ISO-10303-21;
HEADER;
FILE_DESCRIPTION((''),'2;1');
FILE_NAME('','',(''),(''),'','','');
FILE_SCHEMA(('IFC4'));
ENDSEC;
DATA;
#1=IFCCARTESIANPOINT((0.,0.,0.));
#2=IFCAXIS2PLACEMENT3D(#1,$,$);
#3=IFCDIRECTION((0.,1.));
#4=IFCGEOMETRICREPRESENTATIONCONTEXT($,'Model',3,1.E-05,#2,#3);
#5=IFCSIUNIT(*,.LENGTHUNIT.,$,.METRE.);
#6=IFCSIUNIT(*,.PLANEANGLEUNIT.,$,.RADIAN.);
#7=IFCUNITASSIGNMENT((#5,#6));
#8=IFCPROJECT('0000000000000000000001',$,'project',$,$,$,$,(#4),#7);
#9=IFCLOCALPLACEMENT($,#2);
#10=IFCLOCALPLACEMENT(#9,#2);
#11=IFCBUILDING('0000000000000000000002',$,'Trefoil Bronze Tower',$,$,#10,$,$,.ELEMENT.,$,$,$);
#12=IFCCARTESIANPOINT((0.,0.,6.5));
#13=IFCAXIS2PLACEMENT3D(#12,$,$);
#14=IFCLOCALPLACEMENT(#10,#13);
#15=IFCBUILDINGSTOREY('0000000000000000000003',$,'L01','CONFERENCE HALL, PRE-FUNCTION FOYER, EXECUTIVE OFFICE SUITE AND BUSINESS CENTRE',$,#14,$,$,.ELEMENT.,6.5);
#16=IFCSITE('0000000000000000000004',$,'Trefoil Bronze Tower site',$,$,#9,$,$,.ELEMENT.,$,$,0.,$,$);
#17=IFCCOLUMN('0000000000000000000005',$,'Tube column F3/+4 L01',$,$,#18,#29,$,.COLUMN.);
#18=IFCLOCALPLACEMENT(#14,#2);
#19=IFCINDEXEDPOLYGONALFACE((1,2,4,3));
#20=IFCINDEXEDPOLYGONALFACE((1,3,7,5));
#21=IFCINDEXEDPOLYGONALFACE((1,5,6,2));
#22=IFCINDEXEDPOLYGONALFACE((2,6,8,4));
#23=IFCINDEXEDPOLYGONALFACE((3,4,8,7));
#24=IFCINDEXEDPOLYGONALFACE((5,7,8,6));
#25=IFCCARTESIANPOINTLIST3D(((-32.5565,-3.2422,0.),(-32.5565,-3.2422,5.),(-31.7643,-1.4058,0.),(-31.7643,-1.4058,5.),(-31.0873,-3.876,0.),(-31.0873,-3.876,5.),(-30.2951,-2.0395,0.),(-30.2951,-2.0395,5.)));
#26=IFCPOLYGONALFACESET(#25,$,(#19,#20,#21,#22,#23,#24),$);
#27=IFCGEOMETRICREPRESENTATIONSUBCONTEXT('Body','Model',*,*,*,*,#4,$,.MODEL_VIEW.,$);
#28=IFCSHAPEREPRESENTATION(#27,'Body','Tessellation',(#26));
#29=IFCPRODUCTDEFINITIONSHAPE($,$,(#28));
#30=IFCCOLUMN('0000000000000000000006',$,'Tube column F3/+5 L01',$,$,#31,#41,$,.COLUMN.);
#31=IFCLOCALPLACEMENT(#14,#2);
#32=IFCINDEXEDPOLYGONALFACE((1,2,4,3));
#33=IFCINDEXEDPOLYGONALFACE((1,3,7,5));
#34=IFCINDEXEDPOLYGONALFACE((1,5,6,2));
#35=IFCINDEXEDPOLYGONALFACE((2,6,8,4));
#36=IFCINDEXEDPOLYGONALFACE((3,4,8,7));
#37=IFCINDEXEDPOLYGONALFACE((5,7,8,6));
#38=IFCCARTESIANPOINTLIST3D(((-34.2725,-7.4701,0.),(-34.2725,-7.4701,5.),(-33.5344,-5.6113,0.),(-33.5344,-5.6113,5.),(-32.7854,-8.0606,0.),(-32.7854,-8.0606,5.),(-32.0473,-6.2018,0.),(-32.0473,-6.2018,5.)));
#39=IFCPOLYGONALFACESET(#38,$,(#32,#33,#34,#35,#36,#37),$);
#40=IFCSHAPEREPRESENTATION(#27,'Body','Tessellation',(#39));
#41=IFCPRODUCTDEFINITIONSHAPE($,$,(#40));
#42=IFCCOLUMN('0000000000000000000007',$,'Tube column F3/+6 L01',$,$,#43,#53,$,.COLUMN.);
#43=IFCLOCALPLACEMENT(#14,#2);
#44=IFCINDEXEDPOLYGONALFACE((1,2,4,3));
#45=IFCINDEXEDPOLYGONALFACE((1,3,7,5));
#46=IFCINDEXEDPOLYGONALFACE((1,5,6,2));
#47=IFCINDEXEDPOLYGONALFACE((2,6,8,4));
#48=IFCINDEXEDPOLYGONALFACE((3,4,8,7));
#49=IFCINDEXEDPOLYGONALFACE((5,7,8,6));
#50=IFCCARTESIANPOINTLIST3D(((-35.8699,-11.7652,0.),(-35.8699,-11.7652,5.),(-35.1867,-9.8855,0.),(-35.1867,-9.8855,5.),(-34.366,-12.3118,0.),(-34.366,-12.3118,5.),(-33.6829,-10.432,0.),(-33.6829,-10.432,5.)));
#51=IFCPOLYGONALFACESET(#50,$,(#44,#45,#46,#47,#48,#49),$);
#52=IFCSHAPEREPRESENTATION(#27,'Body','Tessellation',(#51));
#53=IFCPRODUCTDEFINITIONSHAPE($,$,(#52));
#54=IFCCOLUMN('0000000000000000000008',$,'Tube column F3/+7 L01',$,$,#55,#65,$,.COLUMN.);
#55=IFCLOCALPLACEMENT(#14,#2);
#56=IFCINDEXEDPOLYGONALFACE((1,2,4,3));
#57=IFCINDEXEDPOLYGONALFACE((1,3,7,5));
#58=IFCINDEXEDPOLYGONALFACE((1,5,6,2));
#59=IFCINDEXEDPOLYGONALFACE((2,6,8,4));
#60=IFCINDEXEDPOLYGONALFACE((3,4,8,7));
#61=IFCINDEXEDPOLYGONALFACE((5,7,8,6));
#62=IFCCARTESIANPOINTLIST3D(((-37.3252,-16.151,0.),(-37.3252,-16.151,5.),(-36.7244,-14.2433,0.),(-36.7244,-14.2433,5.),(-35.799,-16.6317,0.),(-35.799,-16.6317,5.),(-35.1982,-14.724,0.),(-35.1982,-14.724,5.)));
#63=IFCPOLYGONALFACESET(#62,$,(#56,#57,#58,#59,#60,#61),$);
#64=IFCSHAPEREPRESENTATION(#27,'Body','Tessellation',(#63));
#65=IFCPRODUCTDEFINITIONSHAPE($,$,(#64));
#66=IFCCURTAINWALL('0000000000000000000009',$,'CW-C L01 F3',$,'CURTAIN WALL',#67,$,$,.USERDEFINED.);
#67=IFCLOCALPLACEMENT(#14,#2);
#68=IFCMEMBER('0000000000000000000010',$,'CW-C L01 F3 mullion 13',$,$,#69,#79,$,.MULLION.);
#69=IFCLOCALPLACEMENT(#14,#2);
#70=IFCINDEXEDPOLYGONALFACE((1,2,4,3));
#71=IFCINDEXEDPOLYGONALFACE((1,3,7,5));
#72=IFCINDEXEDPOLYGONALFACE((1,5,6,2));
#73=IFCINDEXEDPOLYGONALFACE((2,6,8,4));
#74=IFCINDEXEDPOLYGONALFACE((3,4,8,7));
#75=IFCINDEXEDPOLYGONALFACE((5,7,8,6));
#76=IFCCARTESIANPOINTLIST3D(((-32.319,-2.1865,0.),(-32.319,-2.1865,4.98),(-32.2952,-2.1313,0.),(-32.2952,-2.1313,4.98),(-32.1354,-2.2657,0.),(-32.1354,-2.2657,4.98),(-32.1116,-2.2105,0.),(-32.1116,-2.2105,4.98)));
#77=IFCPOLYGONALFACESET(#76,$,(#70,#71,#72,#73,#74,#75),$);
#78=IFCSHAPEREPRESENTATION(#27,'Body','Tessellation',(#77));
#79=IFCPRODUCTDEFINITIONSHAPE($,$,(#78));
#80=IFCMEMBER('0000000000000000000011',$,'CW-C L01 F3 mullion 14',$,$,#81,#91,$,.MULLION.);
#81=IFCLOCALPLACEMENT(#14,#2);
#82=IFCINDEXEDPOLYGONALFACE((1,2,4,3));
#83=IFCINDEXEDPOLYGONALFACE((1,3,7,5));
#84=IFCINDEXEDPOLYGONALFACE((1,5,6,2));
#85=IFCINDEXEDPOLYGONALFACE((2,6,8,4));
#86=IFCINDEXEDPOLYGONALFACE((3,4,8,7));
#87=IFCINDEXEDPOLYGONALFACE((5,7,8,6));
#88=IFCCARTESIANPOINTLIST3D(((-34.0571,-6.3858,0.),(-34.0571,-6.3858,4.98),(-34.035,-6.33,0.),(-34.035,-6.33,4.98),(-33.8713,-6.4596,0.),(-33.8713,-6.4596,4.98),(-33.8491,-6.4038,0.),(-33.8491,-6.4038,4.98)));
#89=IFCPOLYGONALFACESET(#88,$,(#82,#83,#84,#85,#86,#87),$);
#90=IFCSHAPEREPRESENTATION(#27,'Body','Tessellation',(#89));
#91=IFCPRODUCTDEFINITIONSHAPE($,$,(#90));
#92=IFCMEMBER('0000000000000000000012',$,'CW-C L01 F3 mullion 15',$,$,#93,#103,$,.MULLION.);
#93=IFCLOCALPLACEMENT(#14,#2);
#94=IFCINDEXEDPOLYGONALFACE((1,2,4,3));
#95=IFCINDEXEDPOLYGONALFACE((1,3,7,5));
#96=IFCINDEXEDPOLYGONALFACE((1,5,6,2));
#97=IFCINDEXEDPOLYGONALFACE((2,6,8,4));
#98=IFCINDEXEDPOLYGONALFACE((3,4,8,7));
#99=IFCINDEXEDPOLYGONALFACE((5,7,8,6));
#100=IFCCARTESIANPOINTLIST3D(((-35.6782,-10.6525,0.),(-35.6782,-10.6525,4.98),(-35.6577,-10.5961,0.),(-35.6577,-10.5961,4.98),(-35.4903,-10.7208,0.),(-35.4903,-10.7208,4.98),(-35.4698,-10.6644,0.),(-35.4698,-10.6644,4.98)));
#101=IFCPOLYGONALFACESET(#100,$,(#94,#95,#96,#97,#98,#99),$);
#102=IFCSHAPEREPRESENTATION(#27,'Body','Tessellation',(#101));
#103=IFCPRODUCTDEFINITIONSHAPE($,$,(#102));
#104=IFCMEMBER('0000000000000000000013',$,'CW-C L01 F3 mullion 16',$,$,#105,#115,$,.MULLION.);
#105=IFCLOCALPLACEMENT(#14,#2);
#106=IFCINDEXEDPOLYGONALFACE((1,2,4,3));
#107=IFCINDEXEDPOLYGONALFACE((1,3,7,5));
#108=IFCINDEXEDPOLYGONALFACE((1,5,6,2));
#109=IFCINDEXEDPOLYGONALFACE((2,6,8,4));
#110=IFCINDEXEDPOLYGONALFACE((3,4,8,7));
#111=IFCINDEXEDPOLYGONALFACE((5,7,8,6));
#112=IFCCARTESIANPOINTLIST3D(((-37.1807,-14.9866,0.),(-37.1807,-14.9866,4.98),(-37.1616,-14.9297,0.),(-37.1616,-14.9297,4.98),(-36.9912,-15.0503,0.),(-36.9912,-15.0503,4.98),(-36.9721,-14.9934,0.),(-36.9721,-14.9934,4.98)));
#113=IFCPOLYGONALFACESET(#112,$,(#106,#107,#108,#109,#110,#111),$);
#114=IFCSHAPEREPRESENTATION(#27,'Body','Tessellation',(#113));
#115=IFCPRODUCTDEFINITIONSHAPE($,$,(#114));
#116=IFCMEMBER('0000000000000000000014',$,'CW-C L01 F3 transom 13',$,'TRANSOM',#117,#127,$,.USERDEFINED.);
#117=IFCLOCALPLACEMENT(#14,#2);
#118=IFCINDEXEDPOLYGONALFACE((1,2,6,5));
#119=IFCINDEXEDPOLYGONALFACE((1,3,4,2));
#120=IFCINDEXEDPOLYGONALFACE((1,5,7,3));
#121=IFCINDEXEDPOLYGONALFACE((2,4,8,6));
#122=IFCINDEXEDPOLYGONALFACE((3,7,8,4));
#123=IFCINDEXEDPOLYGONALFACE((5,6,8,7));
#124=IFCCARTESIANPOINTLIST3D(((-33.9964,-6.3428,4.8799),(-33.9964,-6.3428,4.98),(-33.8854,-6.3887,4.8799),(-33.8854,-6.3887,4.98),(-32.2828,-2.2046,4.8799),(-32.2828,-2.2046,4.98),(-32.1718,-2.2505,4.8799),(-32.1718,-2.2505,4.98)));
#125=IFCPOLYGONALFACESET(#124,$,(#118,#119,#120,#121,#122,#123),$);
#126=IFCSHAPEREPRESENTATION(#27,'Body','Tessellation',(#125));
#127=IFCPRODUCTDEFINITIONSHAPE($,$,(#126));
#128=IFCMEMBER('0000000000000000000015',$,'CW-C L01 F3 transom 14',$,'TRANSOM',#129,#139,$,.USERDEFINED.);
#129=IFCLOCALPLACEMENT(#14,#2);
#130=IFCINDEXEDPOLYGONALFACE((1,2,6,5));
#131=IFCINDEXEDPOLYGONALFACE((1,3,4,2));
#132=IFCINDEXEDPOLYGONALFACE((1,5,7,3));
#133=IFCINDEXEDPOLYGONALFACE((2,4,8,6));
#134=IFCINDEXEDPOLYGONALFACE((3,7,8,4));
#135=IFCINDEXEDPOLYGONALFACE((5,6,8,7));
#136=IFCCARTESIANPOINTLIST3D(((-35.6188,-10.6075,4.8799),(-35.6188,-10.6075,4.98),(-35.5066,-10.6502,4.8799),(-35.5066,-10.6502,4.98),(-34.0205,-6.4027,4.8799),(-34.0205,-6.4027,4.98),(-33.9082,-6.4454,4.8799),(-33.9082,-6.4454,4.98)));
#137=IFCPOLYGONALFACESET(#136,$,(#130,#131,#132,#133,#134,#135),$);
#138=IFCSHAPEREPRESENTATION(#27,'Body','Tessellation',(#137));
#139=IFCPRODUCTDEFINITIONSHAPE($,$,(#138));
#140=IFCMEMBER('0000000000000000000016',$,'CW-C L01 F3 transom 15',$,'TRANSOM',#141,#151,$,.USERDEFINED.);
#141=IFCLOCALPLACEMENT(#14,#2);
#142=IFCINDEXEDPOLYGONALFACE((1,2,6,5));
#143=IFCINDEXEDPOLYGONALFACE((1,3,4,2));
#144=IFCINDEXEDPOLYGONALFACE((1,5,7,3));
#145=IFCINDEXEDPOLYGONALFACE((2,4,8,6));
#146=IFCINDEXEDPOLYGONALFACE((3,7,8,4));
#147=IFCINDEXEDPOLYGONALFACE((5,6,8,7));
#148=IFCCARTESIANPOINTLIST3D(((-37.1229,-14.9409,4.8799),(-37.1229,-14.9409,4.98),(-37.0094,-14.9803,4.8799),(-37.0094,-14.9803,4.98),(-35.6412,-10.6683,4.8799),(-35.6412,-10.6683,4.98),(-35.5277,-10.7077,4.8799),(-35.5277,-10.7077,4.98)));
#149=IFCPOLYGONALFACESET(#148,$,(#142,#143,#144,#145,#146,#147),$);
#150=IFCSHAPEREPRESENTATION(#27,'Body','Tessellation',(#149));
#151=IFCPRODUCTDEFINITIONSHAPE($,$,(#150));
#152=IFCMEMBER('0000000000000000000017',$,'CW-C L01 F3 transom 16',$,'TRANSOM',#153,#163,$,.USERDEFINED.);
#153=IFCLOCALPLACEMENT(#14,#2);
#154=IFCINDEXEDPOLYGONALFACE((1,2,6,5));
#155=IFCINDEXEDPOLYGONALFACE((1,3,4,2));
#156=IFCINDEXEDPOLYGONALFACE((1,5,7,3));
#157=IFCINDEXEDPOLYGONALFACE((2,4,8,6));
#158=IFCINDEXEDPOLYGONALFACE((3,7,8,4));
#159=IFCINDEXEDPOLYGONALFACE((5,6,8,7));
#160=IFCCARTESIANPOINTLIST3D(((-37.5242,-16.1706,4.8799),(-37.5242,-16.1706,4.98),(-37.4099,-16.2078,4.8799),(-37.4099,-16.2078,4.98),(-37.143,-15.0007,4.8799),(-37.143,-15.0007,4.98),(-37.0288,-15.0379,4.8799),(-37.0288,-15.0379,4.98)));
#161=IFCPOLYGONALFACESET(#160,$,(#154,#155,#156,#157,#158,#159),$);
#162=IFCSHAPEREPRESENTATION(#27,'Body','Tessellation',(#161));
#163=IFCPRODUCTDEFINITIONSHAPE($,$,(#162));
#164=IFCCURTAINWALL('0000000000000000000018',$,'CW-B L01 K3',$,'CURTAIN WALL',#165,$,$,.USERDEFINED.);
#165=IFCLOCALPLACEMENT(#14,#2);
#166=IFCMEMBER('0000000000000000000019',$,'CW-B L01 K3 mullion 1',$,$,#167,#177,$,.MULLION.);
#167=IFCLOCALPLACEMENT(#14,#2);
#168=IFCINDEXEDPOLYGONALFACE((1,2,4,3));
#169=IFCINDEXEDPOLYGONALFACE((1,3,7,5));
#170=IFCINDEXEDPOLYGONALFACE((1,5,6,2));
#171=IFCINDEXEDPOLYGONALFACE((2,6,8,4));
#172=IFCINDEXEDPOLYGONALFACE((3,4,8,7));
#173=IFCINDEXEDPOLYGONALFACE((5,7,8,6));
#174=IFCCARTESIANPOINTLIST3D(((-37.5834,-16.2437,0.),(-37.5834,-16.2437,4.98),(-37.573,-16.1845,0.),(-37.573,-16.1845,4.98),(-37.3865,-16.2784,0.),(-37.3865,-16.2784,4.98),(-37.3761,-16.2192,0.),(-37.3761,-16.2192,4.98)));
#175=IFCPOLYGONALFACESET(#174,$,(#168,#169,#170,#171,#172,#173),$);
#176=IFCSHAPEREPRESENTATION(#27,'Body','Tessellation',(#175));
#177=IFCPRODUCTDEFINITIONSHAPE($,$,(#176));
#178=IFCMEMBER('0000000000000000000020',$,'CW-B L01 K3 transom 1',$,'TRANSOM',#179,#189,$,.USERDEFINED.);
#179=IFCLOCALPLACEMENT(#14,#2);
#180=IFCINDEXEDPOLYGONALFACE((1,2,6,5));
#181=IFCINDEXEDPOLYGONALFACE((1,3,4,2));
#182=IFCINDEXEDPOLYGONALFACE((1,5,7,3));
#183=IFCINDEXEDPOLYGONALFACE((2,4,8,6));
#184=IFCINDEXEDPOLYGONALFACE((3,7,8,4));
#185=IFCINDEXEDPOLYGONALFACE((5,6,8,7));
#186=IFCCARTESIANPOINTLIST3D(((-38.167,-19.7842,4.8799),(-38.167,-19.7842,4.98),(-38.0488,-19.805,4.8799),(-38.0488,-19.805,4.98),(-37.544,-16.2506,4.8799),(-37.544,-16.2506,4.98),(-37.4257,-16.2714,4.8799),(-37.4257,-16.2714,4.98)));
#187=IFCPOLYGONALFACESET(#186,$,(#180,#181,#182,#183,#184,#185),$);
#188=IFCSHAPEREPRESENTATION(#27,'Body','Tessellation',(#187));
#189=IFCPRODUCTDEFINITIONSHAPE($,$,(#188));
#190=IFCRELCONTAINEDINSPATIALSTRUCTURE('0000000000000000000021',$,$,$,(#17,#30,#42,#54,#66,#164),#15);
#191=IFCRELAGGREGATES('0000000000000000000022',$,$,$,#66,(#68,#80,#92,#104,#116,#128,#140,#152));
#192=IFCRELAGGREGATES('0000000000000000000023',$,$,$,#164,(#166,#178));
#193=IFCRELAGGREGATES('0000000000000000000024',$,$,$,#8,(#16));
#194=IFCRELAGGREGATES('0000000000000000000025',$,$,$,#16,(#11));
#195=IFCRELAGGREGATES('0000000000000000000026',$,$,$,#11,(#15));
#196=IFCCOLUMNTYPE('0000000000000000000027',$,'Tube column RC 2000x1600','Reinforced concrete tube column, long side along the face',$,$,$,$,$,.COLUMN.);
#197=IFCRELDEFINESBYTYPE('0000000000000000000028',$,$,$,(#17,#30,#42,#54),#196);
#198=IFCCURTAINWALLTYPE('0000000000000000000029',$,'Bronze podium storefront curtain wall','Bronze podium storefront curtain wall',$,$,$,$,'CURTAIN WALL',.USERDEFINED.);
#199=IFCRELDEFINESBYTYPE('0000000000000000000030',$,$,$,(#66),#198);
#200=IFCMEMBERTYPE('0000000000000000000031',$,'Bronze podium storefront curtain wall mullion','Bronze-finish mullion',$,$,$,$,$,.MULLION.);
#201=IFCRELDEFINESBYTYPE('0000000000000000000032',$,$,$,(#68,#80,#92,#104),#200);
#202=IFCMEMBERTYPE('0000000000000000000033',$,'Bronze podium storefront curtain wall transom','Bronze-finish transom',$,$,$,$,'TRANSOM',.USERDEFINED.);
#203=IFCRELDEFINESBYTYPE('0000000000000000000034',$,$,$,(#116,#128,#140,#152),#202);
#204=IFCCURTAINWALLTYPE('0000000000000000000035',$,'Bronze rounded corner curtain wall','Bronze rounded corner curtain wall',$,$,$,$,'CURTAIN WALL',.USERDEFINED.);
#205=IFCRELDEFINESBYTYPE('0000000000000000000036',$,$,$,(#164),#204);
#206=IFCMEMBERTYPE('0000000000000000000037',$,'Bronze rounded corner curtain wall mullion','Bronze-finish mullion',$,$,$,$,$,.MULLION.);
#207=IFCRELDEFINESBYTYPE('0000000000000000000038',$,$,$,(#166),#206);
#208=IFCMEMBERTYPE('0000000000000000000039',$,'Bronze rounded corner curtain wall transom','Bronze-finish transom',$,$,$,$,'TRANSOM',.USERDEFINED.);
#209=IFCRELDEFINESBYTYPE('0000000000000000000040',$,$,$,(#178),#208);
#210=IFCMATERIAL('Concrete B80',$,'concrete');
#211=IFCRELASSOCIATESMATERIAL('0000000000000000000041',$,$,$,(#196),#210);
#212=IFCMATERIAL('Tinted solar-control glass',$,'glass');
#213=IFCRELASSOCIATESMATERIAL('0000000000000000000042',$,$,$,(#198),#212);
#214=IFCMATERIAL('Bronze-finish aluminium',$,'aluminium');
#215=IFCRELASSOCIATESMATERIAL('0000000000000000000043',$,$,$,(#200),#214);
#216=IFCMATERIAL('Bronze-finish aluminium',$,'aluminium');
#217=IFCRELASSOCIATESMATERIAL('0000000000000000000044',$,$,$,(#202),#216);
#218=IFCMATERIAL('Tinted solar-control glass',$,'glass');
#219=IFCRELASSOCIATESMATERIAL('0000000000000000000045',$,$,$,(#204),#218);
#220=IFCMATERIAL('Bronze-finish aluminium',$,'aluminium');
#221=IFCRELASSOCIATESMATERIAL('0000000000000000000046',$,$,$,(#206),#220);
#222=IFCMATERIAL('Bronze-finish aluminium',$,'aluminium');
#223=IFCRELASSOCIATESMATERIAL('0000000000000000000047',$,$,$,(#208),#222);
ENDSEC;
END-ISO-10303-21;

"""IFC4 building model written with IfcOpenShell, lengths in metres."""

from ifc_helpers import new_model, si_unit, direction, frame, origin, origin_2d, place, context, subcontext, project, spatial, rectangle, extrude, material, material_profile, profile_set, type_object, element, aggregate, save


model = new_model("IFC4")

# Units and contexts
model_context = context("Model", 3, precision=1e-05, world=origin(), true_north=direction((0.0, 1.0)))
body_context = subcontext(model_context, "Body", "Model", "MODEL_VIEW")
ifc_project = project(units=[si_unit("LENGTHUNIT", "METRE"), si_unit("PLANEANGLEUNIT", "RADIAN")], contexts=[model_context])

# Site, building, storey
site_placement = place(None, origin())
site = spatial("IfcSite", under=ifc_project, at=site_placement, Name="Trefoil Bronze Tower site", CompositionType="ELEMENT", RefElevation=0.0)
building_placement = place(site_placement, origin())
building = spatial("IfcBuilding", under=site, at=building_placement, Name="Trefoil Bronze Tower", CompositionType="ELEMENT")
storey_placement = place(building_placement, frame((0.0, 0.0, 6.5)))
storey = spatial("IfcBuildingStorey", under=building, at=storey_placement, Name="L01", Description="CONFERENCE HALL, PRE-FUNCTION FOYER, EXECUTIVE OFFICE SUITE AND BUSINESS CENTRE", CompositionType="ELEMENT", Elevation=6.5)

# Columns
ifc_material_1 = material(Name="Concrete B80", Category="concrete")
ifc_material_profile_1 = material_profile(ifc_material_1, rectangle(XDim=2.0, YDim=1.6001, at=origin_2d()), Name="RC 2000x1600")
ifc_profile_set_1 = profile_set([ifc_material_profile_1], Name="Concrete B80")
column_type = type_object("IfcColumnType", Name="Tube column RC 2000x1600", Description="Reinforced concrete tube column, long side along the face", PredefinedType="COLUMN", material=ifc_profile_set_1)
for number, where, z_axis, x_axis, name in (
    (1, (-31.4258, -2.6409, 0.0), (0.0, 0.0, 1.0), (-0.396085, -0.918214, 0.0), "Tube column F3/+4 L01"),
    (2, (-33.1599, -6.8359, 0.0), (0.0, 0.0, 1.0), (-0.36904, -0.929414, 0.0), "Tube column F3/+5 L01"),
    (3, (-34.7764, -11.0986, 0.0), (0.0, 0.0, 1.0), (-0.341559, -0.93986, 0.0), "Tube column F3/+6 L01"),
    (4, (-36.2617, -15.4375, 0.0), (0.0, 0.0, 1.0), (-0.300414, -0.953809, 0.0), "Tube column F3/+7 L01"),
):
    element("IfcColumn", number, at=place(storey_placement, frame(where, z_axis=z_axis, x_axis=x_axis)), inside=storey, type_object=column_type, Name=name, PredefinedType="COLUMN", context=body_context, shape_type="SweptSolid", body=[
        extrude(rectangle(XDim=2.0, YDim=1.6001, at=origin_2d()), origin(), (0.0, 0.0, 1.0), 5.0),
    ])

# Curtain walls, members
ifc_material_2 = material(Name="Tinted solar-control glass", Category="glass")
curtain_wall_type_1 = type_object("IfcCurtainWallType", Name="Bronze podium storefront curtain wall", Description="Bronze podium storefront curtain wall", ElementType="CURTAIN WALL", PredefinedType="USERDEFINED", material=ifc_material_2)
curtain_wall_1_placement = place(storey_placement, origin())
curtain_wall_1 = element("IfcCurtainWall", 5, at=curtain_wall_1_placement, inside=storey, type_object=curtain_wall_type_1, Name="CW-C L01 F3", ObjectType="CURTAIN WALL", PredefinedType="USERDEFINED")
ifc_material_3 = material(Name="Bronze-finish aluminium", Category="aluminium")
ifc_material_profile_2 = material_profile(ifc_material_3, rectangle(XDim=0.2, YDim=0.0601, at=origin_2d()), Name="CW-C mullion")
ifc_profile_set_2 = profile_set([ifc_material_profile_2], Name="Bronze-finish aluminium")
member_type_1 = type_object("IfcMemberType", Name="Bronze podium storefront curtain wall mullion", Description="Bronze-finish mullion", PredefinedType="MULLION", material=ifc_profile_set_2)
member_1_placement = place(storey_placement, frame((-32.2153, -2.1985, 0.0), z_axis=(0.0, 0.0, 1.0), x_axis=(0.918214, -0.396085, 0.0)))
member_1 = element("IfcMember", 6, at=member_1_placement, type_object=member_type_1, Name="CW-C L01 F3 mullion 13", PredefinedType="MULLION", context=body_context, shape_type="SweptSolid", body=[
    extrude(rectangle(XDim=0.2, YDim=0.0601, at=origin_2d()), origin(), (0.0, 0.0, 1.0), 4.98),
])
member_2_placement = place(storey_placement, frame((-33.9531, -6.3948, 0.0), z_axis=(0.0, 0.0, 1.0), x_axis=(0.929414, -0.36904, 0.0)))
member_2 = element("IfcMember", 7, at=member_2_placement, type_object=member_type_1, Name="CW-C L01 F3 mullion 14", PredefinedType="MULLION", context=body_context, shape_type="SweptSolid", body=[
    extrude(rectangle(XDim=0.2, YDim=0.0601, at=origin_2d()), origin(), (0.0, 0.0, 1.0), 4.98),
])
member_3_placement = place(storey_placement, frame((-35.574, -10.6584, 0.0), z_axis=(0.0, 0.0, 1.0), x_axis=(0.93986, -0.341559, 0.0)))
member_3 = element("IfcMember", 8, at=member_3_placement, type_object=member_type_1, Name="CW-C L01 F3 mullion 15", PredefinedType="MULLION", context=body_context, shape_type="SweptSolid", body=[
    extrude(rectangle(XDim=0.2, YDim=0.0601, at=origin_2d()), origin(), (0.0, 0.0, 1.0), 4.98),
])
member_4_placement = place(storey_placement, frame((-37.0764, -14.99, 0.0), z_axis=(0.0, 0.0, 1.0), x_axis=(0.947851, -0.318715, 0.0)))
member_4 = element("IfcMember", 9, at=member_4_placement, type_object=member_type_1, Name="CW-C L01 F3 mullion 16", PredefinedType="MULLION", context=body_context, shape_type="SweptSolid", body=[
    extrude(rectangle(XDim=0.2, YDim=0.0601, at=origin_2d()), origin(), (0.0, 0.0, 1.0), 4.98),
])
ifc_material_4 = material(Name="Bronze-finish aluminium", Category="aluminium")
ifc_material_profile_3 = material_profile(ifc_material_4, rectangle(XDim=0.1201, YDim=0.1001, at=origin_2d()), Name="CW-C transom")
ifc_profile_set_3 = profile_set([ifc_material_profile_3], Name="Bronze-finish aluminium")
member_type_2 = type_object("IfcMemberType", Name="Bronze podium storefront curtain wall transom", Description="Bronze-finish transom", ElementType="TRANSOM", PredefinedType="USERDEFINED", material=ifc_profile_set_3)
member_5_placement = place(storey_placement, frame((-32.2273, -2.2275, 4.9299), z_axis=(-0.382594, -0.923917, 0.0), x_axis=(0.923917, -0.382594, 0.0)))
member_5 = element("IfcMember", 10, at=member_5_placement, type_object=member_type_2, Name="CW-C L01 F3 transom 13", ObjectType="TRANSOM", PredefinedType="USERDEFINED", context=body_context, shape_type="SweptSolid", body=[
    extrude(rectangle(XDim=0.1201, YDim=0.1001, at=origin_2d()), origin(), (0.0, 0.0, 1.0), 4.479),
])
member_6_placement = place(storey_placement, frame((-33.9644, -6.4241, 4.9299), z_axis=(-0.355325, -0.934743, 0.0), x_axis=(0.934743, -0.355325, 0.0)))
member_6 = element("IfcMember", 11, at=member_6_placement, type_object=member_type_2, Name="CW-C L01 F3 transom 14", ObjectType="TRANSOM", PredefinedType="USERDEFINED", context=body_context, shape_type="SweptSolid", body=[
    extrude(rectangle(XDim=0.1201, YDim=0.1001, at=origin_2d()), origin(), (0.0, 0.0, 1.0), 4.4983),
])
member_7_placement = place(storey_placement, frame((-35.5845, -10.688, 4.9299), z_axis=(-0.327639, -0.944803, 0.0), x_axis=(0.944803, -0.327639, 0.0)))
member_7 = element("IfcMember", 12, at=member_7_placement, type_object=member_type_2, Name="CW-C L01 F3 transom 15", ObjectType="TRANSOM", PredefinedType="USERDEFINED", context=body_context, shape_type="SweptSolid", body=[
    extrude(rectangle(XDim=0.1201, YDim=0.1001, at=origin_2d()), origin(), (0.0, 0.0, 1.0), 4.5222),
])
member_8_placement = place(storey_placement, frame((-37.0859, -15.0193, 4.9299), z_axis=(-0.309732, -0.950824, 0.0), x_axis=(0.950824, -0.309732, 0.0)))
member_8 = element("IfcMember", 13, at=member_8_placement, type_object=member_type_2, Name="CW-C L01 F3 transom 16", ObjectType="TRANSOM", PredefinedType="USERDEFINED", context=body_context, shape_type="SweptSolid", body=[
    extrude(rectangle(XDim=0.1201, YDim=0.1001, at=origin_2d()), origin(), (0.0, 0.0, 1.0), 1.2305),
])
ifc_material_5 = material(Name="Tinted solar-control glass", Category="glass")
curtain_wall_type_2 = type_object("IfcCurtainWallType", Name="Bronze rounded corner curtain wall", Description="Bronze rounded corner curtain wall", ElementType="CURTAIN WALL", PredefinedType="USERDEFINED", material=ifc_material_5)
curtain_wall_2_placement = place(storey_placement, origin())
curtain_wall_2 = element("IfcCurtainWall", 14, at=curtain_wall_2_placement, inside=storey, type_object=curtain_wall_type_2, Name="CW-B L01 K3", ObjectType="CURTAIN WALL", PredefinedType="USERDEFINED")
ifc_material_6 = material(Name="Bronze-finish aluminium", Category="aluminium")
ifc_material_profile_4 = material_profile(ifc_material_6, rectangle(XDim=0.2, YDim=0.0601, at=origin_2d()), Name="CW-B mullion")
ifc_profile_set_4 = profile_set([ifc_material_profile_4], Name="Bronze-finish aluminium")
member_type_3 = type_object("IfcMemberType", Name="Bronze rounded corner curtain wall mullion", Description="Bronze-finish mullion", PredefinedType="MULLION", material=ifc_profile_set_4)
member_9_placement = place(storey_placement, frame((-37.4797, -16.2314, 0.0), z_axis=(0.0, 0.0, 1.0), x_axis=(0.984808, -0.173648, 0.0)))
member_9 = element("IfcMember", 15, at=member_9_placement, type_object=member_type_3, Name="CW-B L01 K3 mullion 1", PredefinedType="MULLION", context=body_context, shape_type="SweptSolid", body=[
    extrude(rectangle(XDim=0.2, YDim=0.0601, at=origin_2d()), origin(), (0.0, 0.0, 1.0), 4.98),
])
ifc_material_7 = material(Name="Bronze-finish aluminium", Category="aluminium")
ifc_material_profile_5 = material_profile(ifc_material_7, rectangle(XDim=0.1201, YDim=0.1001, at=origin_2d()), Name="CW-B transom")
ifc_profile_set_5 = profile_set([ifc_material_profile_5], Name="Bronze-finish aluminium")
member_type_4 = type_object("IfcMemberType", Name="Bronze rounded corner curtain wall transom", Description="Bronze-finish transom", ElementType="TRANSOM", PredefinedType="USERDEFINED", material=ifc_profile_set_5)
member_10_placement = place(storey_placement, frame((-37.4849, -16.261, 4.9299), z_axis=(-0.173638, -0.98481, 0.0), x_axis=(0.98481, -0.173638, 0.0)))
member_10 = element("IfcMember", 16, at=member_10_placement, type_object=member_type_4, Name="CW-B L01 K3 transom 1", ObjectType="TRANSOM", PredefinedType="USERDEFINED", context=body_context, shape_type="SweptSolid", body=[
    extrude(rectangle(XDim=0.1201, YDim=0.1001, at=origin_2d()), origin(), (0.0, 0.0, 1.0), 3.5881),
])

aggregate(curtain_wall_1, [member_1, member_2, member_3, member_4, member_5, member_6, member_7, member_8])
aggregate(curtain_wall_2, [member_9, member_10])

save(model, "model.ifc")
